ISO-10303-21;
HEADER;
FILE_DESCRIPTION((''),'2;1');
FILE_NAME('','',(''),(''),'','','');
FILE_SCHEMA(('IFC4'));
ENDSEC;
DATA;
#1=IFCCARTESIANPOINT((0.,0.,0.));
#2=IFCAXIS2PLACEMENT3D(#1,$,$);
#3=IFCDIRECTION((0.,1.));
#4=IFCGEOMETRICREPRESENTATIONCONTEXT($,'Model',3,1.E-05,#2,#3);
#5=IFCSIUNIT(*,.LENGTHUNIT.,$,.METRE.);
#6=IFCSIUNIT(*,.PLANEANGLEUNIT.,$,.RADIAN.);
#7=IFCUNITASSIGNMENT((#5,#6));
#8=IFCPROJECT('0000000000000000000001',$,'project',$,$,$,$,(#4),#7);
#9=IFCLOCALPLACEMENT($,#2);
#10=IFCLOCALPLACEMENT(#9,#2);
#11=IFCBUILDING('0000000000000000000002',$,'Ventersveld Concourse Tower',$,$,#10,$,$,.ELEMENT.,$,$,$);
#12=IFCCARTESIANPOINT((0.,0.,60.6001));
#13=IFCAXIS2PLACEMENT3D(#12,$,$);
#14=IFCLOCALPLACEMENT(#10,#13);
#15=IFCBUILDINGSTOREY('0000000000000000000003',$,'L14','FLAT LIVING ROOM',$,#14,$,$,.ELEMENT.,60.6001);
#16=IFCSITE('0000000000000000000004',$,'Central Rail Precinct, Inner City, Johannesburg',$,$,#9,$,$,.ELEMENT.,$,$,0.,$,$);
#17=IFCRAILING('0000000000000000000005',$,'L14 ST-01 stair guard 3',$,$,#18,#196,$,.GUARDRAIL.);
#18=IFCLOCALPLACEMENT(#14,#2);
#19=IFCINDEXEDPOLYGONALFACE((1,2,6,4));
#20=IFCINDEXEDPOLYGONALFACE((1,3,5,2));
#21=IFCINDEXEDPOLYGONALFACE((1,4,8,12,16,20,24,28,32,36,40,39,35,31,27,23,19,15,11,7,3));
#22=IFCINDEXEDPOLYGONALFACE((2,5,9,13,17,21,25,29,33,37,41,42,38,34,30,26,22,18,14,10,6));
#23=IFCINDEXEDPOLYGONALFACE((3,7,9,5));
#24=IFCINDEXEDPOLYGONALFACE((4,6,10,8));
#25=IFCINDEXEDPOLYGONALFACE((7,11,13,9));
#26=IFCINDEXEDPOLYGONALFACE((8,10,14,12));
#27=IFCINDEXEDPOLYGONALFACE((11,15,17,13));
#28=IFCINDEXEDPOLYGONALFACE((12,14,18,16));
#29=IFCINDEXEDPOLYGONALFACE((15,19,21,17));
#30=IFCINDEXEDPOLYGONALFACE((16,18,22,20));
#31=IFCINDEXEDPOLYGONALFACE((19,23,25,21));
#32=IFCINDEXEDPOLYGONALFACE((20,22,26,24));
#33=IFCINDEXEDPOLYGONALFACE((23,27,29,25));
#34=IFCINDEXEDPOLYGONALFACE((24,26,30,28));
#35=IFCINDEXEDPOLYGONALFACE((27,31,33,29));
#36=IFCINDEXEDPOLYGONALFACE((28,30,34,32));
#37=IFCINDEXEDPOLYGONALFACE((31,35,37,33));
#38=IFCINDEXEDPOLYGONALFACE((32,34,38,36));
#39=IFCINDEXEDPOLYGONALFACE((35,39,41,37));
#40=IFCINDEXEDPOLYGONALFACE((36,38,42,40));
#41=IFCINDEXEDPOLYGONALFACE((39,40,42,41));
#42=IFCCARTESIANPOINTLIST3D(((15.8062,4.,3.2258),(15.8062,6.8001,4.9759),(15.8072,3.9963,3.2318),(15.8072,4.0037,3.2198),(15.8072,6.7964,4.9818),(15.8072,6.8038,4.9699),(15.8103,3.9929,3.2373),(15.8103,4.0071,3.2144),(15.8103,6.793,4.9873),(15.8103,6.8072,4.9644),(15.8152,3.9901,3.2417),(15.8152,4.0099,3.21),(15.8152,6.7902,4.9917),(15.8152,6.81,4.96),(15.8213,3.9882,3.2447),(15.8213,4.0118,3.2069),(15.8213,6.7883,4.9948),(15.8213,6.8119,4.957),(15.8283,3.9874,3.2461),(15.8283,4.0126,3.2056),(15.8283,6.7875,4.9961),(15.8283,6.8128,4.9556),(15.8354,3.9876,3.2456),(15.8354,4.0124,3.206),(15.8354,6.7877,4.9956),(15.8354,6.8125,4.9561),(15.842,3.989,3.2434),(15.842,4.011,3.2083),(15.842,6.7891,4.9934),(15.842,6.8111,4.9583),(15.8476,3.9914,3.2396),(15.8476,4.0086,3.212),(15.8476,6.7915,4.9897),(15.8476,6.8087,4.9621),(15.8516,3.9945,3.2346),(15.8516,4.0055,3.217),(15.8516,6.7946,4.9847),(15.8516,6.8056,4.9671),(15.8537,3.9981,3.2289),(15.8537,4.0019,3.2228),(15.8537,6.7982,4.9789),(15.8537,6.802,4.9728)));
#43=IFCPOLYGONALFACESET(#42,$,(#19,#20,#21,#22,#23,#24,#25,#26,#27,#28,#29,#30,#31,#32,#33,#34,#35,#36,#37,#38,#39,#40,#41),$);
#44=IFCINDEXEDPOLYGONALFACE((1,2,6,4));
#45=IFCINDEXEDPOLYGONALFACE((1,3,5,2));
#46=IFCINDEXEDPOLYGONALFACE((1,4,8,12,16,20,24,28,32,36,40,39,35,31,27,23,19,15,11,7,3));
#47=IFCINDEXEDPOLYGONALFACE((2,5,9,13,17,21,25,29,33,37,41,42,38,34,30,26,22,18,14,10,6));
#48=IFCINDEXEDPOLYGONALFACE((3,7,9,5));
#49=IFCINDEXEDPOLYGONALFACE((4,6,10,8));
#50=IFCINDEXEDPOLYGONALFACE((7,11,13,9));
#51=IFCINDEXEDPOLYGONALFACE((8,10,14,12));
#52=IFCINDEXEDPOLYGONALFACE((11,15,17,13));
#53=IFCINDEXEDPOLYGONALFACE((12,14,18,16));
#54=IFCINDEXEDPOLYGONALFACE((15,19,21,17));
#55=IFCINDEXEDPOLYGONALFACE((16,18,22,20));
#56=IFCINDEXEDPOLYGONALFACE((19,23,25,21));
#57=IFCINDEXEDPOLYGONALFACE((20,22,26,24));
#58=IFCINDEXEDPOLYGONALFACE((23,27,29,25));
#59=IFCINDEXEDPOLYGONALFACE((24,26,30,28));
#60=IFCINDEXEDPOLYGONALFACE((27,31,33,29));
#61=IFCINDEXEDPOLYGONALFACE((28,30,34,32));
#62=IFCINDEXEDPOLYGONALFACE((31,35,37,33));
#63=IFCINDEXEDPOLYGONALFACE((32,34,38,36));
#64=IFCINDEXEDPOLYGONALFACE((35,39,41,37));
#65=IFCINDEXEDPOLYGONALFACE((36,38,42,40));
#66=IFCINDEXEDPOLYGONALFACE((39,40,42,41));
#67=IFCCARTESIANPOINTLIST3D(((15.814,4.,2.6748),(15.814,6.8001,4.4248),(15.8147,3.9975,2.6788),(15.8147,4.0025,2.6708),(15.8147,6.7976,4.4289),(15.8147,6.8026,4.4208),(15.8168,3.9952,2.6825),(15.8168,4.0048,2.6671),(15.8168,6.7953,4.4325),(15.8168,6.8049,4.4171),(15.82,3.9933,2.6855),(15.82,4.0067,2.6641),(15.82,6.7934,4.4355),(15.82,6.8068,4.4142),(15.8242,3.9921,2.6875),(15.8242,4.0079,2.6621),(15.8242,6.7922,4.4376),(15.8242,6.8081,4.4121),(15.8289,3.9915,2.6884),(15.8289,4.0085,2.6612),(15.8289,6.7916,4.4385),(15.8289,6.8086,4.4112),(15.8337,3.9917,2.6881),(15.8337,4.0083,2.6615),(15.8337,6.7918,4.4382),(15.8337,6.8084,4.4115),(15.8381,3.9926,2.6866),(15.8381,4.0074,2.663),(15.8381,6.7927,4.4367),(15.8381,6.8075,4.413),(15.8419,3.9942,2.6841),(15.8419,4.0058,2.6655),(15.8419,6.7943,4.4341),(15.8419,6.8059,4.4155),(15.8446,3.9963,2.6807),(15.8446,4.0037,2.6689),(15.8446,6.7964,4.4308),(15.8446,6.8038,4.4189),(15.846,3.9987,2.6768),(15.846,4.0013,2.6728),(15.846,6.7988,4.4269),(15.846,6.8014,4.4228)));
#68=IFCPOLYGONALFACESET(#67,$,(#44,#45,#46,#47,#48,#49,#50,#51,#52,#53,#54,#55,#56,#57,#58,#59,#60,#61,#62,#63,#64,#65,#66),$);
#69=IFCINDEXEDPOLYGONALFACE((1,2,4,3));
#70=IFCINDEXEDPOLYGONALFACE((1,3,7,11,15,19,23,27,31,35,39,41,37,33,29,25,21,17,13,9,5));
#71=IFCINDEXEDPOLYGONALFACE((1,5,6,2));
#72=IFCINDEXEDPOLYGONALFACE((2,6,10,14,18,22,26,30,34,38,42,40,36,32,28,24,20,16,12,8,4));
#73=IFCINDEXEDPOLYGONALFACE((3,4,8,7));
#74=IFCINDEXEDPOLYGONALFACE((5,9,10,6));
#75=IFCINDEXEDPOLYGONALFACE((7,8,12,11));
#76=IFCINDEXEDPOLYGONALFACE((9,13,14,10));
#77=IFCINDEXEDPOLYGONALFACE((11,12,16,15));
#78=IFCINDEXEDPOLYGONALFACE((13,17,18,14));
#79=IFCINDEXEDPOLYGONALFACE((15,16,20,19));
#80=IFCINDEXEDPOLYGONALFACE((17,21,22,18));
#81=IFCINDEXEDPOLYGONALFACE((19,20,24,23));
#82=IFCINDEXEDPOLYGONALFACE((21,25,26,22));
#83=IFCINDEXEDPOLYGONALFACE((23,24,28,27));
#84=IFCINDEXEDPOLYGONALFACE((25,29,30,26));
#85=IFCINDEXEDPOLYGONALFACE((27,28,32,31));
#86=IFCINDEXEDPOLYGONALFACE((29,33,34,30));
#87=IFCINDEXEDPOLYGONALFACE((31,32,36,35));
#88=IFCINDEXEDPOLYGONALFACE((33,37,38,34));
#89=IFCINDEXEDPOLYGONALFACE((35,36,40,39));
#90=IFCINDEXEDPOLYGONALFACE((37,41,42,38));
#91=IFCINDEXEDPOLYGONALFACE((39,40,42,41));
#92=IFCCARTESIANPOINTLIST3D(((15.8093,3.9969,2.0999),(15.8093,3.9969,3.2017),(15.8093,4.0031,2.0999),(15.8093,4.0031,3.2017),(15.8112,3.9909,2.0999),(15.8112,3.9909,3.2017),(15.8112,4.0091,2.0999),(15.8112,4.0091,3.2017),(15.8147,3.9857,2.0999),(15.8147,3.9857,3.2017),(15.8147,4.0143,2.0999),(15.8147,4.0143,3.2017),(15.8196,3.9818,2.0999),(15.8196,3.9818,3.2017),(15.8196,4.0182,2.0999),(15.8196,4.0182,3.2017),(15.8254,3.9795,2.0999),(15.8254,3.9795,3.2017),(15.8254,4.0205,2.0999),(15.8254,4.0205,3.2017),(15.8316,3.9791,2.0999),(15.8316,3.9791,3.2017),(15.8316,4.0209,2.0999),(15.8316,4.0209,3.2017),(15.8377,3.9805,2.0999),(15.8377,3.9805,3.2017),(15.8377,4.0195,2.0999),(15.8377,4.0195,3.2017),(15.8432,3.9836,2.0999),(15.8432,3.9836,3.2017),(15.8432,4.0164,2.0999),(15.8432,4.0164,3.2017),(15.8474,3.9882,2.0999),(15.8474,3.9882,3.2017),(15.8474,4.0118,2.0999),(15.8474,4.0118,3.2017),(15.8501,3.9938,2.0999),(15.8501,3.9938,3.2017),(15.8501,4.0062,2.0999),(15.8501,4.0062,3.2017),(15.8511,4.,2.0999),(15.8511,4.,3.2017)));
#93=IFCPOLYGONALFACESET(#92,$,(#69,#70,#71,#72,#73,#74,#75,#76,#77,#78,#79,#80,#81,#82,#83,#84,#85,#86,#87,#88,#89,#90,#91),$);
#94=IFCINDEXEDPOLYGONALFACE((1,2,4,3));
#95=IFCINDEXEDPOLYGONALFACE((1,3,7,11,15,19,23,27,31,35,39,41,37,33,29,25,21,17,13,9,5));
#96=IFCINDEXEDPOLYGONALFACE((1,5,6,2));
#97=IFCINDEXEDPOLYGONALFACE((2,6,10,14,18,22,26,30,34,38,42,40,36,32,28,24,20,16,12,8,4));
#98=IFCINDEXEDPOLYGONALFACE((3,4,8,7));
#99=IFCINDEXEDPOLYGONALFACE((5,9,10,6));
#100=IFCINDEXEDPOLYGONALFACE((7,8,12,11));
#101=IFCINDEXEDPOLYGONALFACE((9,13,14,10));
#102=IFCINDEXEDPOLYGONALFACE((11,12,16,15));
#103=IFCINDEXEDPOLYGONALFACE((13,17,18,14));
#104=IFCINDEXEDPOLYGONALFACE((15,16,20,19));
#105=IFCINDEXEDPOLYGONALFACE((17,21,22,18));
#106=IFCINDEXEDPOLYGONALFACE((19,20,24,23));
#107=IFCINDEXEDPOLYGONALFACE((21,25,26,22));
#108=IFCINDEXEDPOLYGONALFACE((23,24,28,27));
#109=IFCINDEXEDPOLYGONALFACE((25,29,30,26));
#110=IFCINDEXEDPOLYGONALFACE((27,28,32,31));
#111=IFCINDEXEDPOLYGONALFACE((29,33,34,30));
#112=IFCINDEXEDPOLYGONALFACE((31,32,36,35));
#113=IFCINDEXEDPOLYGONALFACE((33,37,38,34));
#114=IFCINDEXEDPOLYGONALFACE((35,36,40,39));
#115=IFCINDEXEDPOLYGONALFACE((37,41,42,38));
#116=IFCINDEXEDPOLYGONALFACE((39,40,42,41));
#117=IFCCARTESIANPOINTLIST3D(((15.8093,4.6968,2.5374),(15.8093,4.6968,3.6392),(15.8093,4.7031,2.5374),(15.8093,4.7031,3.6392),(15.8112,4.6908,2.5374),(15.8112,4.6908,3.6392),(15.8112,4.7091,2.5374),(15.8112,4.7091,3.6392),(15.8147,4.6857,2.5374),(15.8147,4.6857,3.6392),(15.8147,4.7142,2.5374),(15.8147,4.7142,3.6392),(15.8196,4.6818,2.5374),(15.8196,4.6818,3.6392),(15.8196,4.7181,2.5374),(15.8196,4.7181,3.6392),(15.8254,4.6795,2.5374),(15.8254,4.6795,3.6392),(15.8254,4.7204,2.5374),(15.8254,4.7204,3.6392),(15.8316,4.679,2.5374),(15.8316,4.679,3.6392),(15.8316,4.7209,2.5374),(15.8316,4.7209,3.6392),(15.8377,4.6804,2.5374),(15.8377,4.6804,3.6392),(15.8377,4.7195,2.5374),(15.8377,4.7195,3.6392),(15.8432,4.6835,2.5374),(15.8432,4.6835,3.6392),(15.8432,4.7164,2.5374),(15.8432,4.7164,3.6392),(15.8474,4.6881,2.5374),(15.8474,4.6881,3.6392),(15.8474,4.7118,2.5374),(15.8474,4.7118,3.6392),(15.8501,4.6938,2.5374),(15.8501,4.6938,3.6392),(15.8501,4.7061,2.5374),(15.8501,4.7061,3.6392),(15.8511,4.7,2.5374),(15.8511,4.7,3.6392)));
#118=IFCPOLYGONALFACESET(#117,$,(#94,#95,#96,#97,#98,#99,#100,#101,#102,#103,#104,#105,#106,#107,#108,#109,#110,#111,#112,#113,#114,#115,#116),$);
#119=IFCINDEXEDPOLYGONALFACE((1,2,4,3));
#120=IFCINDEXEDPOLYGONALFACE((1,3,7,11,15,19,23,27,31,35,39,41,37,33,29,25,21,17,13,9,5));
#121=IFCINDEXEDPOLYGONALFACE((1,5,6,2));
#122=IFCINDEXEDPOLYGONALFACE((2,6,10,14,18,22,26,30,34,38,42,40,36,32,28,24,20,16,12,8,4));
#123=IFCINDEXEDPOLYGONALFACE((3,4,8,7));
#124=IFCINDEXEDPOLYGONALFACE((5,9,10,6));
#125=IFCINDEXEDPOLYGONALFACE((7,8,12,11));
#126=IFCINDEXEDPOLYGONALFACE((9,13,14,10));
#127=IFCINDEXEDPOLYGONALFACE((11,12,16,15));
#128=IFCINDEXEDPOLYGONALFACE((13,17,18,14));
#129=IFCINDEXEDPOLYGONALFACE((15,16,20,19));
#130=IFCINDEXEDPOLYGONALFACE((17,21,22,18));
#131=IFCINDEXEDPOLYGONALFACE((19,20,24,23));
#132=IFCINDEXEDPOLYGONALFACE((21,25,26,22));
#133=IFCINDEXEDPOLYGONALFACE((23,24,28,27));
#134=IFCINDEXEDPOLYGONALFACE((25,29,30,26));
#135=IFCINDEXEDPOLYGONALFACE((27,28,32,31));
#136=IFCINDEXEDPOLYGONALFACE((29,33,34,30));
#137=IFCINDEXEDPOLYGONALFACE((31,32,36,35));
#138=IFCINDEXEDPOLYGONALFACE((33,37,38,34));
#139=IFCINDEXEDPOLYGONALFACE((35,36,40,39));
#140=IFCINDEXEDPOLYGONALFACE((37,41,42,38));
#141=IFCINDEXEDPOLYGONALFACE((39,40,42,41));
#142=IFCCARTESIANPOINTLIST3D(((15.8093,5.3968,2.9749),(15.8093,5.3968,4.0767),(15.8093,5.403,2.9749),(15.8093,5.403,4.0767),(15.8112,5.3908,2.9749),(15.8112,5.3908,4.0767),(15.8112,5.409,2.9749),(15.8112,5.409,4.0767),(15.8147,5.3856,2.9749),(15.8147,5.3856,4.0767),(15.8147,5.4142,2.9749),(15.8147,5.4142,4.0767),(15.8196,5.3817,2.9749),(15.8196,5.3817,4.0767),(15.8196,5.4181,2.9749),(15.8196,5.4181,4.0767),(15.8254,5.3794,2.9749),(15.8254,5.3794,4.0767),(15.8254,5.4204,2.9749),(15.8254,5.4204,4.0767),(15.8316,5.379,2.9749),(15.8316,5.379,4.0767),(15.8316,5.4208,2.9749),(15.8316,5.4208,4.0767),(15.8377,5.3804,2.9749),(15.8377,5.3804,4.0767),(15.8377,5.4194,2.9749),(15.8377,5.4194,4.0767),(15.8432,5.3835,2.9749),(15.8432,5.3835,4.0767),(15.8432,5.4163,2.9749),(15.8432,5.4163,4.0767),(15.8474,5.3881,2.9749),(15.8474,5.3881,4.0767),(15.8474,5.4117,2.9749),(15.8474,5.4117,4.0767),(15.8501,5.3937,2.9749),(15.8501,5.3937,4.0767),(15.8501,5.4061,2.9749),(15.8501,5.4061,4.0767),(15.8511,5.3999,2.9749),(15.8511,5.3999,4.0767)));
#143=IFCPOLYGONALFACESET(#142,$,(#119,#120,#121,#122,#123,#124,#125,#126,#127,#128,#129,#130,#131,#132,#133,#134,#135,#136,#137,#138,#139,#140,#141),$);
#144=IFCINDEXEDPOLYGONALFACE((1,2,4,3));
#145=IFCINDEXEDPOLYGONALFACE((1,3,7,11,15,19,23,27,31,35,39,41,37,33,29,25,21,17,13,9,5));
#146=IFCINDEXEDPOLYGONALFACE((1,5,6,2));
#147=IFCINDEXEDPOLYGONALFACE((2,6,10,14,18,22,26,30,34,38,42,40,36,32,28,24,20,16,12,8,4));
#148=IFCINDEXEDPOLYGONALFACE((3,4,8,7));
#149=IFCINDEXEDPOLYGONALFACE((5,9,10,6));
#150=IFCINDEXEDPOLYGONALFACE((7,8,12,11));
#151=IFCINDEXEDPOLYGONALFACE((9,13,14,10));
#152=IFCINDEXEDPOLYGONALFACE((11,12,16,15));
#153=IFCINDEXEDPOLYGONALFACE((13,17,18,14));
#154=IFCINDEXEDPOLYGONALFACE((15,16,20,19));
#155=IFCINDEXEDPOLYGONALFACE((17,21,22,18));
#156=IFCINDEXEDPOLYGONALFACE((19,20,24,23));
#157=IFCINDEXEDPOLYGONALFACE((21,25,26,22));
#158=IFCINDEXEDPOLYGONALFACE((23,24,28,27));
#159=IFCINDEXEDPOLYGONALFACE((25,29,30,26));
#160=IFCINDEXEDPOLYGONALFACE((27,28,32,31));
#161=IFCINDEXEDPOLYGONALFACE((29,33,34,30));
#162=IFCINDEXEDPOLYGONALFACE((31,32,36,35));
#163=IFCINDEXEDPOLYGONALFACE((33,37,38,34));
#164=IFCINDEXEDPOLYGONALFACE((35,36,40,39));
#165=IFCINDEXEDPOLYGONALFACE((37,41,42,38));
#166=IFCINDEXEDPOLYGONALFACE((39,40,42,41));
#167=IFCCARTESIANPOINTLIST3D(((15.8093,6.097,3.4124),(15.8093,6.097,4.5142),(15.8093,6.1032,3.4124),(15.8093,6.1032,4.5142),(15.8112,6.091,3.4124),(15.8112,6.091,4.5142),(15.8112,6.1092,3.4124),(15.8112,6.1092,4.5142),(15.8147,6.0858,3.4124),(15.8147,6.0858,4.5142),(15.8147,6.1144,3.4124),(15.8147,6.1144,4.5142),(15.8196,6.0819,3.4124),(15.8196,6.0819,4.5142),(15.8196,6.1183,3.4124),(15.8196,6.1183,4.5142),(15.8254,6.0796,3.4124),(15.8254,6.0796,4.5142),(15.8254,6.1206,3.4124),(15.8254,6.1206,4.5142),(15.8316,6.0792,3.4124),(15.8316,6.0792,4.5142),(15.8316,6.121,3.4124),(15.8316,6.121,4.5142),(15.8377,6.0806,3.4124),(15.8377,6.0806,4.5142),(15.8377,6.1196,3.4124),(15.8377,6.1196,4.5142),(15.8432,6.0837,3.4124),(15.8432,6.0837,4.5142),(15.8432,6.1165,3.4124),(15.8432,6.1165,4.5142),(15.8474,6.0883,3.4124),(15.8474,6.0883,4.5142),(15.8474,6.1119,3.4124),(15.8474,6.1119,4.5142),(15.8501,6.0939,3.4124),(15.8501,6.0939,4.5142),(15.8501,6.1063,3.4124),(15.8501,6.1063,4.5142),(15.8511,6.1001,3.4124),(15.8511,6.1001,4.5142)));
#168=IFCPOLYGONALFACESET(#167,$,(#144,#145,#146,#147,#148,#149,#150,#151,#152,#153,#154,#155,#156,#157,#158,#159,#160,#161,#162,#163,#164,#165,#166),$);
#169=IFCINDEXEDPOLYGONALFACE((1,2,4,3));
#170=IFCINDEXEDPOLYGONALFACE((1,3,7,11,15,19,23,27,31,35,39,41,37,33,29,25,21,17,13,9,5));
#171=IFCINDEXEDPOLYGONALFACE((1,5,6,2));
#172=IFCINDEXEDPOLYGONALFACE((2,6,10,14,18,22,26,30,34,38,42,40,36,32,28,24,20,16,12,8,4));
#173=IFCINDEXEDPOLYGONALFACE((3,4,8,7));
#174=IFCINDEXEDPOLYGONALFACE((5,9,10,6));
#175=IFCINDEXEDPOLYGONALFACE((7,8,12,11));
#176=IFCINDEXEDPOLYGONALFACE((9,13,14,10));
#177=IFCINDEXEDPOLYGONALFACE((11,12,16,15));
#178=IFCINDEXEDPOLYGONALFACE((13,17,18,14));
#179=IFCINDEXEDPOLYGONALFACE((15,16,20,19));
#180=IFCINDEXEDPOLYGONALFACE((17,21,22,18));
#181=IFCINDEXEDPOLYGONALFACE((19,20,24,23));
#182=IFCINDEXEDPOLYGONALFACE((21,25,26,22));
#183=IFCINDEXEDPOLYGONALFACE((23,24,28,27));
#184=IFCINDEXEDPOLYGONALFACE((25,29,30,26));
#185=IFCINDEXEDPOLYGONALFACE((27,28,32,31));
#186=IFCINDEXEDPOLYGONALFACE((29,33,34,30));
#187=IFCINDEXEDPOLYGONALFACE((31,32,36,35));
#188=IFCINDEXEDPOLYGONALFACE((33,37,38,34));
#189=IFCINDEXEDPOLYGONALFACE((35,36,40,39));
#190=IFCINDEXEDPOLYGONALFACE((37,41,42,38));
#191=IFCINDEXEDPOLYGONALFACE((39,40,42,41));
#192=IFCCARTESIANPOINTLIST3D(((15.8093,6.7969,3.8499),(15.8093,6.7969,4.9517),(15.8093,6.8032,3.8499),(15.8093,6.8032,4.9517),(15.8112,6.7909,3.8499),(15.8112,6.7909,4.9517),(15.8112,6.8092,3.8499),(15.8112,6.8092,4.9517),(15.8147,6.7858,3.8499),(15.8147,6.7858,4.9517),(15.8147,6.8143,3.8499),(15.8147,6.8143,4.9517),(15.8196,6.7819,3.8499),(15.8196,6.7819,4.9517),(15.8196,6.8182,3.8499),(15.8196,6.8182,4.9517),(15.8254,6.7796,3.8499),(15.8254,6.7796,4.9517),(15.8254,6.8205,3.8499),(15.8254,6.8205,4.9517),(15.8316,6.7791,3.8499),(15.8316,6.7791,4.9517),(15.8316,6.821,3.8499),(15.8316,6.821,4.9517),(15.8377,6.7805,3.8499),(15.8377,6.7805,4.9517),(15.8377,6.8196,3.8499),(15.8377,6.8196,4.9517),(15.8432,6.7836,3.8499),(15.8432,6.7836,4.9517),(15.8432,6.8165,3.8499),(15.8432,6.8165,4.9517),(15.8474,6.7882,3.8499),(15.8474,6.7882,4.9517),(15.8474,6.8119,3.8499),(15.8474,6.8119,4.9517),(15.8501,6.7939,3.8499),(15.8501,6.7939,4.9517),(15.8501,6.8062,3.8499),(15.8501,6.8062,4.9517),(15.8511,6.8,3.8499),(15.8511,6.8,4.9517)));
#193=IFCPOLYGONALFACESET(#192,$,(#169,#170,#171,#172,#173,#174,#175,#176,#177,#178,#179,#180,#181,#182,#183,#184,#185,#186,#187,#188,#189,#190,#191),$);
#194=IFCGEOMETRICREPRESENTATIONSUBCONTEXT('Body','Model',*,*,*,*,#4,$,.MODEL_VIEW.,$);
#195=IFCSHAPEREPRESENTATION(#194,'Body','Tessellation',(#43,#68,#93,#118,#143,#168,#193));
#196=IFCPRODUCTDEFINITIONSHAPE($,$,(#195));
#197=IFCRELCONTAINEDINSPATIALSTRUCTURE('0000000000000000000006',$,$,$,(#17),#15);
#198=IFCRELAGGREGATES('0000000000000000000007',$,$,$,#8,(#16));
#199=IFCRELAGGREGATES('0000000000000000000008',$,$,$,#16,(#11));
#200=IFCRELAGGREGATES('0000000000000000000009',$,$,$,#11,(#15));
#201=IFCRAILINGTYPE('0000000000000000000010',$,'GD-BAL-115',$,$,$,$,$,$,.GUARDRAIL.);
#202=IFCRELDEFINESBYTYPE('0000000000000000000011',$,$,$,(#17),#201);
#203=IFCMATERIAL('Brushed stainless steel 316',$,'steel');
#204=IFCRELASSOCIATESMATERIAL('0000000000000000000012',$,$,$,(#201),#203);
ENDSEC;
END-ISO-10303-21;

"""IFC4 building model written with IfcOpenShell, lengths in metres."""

from ifc_helpers import new_model, si_unit, direction, frame, origin, origin_2d, place, context, subcontext, project, spatial, circle, extrude, material, type_object, element, save


model = new_model("IFC4")

# Units and contexts
model_context = context("Model", 3, precision=1e-05, world=origin(), true_north=direction((0.0, 1.0)))
body_context = subcontext(model_context, "Body", "Model", "MODEL_VIEW")
ifc_project = project(units=[si_unit("LENGTHUNIT", "METRE"), si_unit("PLANEANGLEUNIT", "RADIAN")], contexts=[model_context])

# Site, building, storey
site_placement = place(None, origin())
site = spatial("IfcSite", under=ifc_project, at=site_placement, Name="Central Rail Precinct, Inner City, Johannesburg", CompositionType="ELEMENT", RefElevation=0.0)
building_placement = place(site_placement, origin())
building = spatial("IfcBuilding", under=site, at=building_placement, Name="Ventersveld Concourse Tower", CompositionType="ELEMENT")
storey_placement = place(building_placement, frame((0.0, 0.0, 60.6001)))
storey = spatial("IfcBuildingStorey", under=building, at=storey_placement, Name="L14", Description="FLAT LIVING ROOM", CompositionType="ELEMENT", Elevation=60.6001)

# Shared definitions
ifc_material_1 = material(Name="Brushed stainless steel 316", Category="steel")

# Railing
railing_type_1 = type_object("IfcRailingType", Name="GD-BAL-115", PredefinedType="GUARDRAIL", material=ifc_material_1)
railing_1_placement = place(storey_placement, frame((15.8301, 4.0, 2.0999)))
element("IfcRailing", 1, at=railing_1_placement, inside=storey, type_object=railing_type_1, Name="L14 ST-01 stair guard 3", PredefinedType="GUARDRAIL", context=body_context, shape_type="SweptSolid", body=[
    extrude(circle(Radius=0.0239, at=origin_2d()), frame((0.0, 0.0, 1.126), z_axis=(0.0, 0.848002, 0.529992), x_axis=(-1.0, 0.0, 0.0)), (0.0, 0.0, 1.0), 3.302),
    extrude(circle(Radius=0.0161, at=origin_2d()), frame((0.0, 0.0, 0.575), z_axis=(0.0, 0.848002, 0.529992), x_axis=(-1.0, 0.0, 0.0)), (0.0, 0.0, 1.0), 3.302),
    extrude(circle(Radius=0.021, at=origin_2d()), origin(), (0.0, 0.0, 1.0), 1.1018),
    extrude(circle(Radius=0.021, at=origin_2d()), frame((0.0, 0.7, 0.4375)), (0.0, 0.0, 1.0), 1.1018),
    extrude(circle(Radius=0.021, at=origin_2d()), frame((0.0, 1.3999, 0.875)), (0.0, 0.0, 1.0), 1.1018),
    extrude(circle(Radius=0.021, at=origin_2d()), frame((0.0, 2.1001, 1.3125)), (0.0, 0.0, 1.0), 1.1018),
    extrude(circle(Radius=0.021, at=origin_2d()), frame((0.0, 2.8, 1.75)), (0.0, 0.0, 1.0), 1.1018),
])

save(model, "model.ifc")
